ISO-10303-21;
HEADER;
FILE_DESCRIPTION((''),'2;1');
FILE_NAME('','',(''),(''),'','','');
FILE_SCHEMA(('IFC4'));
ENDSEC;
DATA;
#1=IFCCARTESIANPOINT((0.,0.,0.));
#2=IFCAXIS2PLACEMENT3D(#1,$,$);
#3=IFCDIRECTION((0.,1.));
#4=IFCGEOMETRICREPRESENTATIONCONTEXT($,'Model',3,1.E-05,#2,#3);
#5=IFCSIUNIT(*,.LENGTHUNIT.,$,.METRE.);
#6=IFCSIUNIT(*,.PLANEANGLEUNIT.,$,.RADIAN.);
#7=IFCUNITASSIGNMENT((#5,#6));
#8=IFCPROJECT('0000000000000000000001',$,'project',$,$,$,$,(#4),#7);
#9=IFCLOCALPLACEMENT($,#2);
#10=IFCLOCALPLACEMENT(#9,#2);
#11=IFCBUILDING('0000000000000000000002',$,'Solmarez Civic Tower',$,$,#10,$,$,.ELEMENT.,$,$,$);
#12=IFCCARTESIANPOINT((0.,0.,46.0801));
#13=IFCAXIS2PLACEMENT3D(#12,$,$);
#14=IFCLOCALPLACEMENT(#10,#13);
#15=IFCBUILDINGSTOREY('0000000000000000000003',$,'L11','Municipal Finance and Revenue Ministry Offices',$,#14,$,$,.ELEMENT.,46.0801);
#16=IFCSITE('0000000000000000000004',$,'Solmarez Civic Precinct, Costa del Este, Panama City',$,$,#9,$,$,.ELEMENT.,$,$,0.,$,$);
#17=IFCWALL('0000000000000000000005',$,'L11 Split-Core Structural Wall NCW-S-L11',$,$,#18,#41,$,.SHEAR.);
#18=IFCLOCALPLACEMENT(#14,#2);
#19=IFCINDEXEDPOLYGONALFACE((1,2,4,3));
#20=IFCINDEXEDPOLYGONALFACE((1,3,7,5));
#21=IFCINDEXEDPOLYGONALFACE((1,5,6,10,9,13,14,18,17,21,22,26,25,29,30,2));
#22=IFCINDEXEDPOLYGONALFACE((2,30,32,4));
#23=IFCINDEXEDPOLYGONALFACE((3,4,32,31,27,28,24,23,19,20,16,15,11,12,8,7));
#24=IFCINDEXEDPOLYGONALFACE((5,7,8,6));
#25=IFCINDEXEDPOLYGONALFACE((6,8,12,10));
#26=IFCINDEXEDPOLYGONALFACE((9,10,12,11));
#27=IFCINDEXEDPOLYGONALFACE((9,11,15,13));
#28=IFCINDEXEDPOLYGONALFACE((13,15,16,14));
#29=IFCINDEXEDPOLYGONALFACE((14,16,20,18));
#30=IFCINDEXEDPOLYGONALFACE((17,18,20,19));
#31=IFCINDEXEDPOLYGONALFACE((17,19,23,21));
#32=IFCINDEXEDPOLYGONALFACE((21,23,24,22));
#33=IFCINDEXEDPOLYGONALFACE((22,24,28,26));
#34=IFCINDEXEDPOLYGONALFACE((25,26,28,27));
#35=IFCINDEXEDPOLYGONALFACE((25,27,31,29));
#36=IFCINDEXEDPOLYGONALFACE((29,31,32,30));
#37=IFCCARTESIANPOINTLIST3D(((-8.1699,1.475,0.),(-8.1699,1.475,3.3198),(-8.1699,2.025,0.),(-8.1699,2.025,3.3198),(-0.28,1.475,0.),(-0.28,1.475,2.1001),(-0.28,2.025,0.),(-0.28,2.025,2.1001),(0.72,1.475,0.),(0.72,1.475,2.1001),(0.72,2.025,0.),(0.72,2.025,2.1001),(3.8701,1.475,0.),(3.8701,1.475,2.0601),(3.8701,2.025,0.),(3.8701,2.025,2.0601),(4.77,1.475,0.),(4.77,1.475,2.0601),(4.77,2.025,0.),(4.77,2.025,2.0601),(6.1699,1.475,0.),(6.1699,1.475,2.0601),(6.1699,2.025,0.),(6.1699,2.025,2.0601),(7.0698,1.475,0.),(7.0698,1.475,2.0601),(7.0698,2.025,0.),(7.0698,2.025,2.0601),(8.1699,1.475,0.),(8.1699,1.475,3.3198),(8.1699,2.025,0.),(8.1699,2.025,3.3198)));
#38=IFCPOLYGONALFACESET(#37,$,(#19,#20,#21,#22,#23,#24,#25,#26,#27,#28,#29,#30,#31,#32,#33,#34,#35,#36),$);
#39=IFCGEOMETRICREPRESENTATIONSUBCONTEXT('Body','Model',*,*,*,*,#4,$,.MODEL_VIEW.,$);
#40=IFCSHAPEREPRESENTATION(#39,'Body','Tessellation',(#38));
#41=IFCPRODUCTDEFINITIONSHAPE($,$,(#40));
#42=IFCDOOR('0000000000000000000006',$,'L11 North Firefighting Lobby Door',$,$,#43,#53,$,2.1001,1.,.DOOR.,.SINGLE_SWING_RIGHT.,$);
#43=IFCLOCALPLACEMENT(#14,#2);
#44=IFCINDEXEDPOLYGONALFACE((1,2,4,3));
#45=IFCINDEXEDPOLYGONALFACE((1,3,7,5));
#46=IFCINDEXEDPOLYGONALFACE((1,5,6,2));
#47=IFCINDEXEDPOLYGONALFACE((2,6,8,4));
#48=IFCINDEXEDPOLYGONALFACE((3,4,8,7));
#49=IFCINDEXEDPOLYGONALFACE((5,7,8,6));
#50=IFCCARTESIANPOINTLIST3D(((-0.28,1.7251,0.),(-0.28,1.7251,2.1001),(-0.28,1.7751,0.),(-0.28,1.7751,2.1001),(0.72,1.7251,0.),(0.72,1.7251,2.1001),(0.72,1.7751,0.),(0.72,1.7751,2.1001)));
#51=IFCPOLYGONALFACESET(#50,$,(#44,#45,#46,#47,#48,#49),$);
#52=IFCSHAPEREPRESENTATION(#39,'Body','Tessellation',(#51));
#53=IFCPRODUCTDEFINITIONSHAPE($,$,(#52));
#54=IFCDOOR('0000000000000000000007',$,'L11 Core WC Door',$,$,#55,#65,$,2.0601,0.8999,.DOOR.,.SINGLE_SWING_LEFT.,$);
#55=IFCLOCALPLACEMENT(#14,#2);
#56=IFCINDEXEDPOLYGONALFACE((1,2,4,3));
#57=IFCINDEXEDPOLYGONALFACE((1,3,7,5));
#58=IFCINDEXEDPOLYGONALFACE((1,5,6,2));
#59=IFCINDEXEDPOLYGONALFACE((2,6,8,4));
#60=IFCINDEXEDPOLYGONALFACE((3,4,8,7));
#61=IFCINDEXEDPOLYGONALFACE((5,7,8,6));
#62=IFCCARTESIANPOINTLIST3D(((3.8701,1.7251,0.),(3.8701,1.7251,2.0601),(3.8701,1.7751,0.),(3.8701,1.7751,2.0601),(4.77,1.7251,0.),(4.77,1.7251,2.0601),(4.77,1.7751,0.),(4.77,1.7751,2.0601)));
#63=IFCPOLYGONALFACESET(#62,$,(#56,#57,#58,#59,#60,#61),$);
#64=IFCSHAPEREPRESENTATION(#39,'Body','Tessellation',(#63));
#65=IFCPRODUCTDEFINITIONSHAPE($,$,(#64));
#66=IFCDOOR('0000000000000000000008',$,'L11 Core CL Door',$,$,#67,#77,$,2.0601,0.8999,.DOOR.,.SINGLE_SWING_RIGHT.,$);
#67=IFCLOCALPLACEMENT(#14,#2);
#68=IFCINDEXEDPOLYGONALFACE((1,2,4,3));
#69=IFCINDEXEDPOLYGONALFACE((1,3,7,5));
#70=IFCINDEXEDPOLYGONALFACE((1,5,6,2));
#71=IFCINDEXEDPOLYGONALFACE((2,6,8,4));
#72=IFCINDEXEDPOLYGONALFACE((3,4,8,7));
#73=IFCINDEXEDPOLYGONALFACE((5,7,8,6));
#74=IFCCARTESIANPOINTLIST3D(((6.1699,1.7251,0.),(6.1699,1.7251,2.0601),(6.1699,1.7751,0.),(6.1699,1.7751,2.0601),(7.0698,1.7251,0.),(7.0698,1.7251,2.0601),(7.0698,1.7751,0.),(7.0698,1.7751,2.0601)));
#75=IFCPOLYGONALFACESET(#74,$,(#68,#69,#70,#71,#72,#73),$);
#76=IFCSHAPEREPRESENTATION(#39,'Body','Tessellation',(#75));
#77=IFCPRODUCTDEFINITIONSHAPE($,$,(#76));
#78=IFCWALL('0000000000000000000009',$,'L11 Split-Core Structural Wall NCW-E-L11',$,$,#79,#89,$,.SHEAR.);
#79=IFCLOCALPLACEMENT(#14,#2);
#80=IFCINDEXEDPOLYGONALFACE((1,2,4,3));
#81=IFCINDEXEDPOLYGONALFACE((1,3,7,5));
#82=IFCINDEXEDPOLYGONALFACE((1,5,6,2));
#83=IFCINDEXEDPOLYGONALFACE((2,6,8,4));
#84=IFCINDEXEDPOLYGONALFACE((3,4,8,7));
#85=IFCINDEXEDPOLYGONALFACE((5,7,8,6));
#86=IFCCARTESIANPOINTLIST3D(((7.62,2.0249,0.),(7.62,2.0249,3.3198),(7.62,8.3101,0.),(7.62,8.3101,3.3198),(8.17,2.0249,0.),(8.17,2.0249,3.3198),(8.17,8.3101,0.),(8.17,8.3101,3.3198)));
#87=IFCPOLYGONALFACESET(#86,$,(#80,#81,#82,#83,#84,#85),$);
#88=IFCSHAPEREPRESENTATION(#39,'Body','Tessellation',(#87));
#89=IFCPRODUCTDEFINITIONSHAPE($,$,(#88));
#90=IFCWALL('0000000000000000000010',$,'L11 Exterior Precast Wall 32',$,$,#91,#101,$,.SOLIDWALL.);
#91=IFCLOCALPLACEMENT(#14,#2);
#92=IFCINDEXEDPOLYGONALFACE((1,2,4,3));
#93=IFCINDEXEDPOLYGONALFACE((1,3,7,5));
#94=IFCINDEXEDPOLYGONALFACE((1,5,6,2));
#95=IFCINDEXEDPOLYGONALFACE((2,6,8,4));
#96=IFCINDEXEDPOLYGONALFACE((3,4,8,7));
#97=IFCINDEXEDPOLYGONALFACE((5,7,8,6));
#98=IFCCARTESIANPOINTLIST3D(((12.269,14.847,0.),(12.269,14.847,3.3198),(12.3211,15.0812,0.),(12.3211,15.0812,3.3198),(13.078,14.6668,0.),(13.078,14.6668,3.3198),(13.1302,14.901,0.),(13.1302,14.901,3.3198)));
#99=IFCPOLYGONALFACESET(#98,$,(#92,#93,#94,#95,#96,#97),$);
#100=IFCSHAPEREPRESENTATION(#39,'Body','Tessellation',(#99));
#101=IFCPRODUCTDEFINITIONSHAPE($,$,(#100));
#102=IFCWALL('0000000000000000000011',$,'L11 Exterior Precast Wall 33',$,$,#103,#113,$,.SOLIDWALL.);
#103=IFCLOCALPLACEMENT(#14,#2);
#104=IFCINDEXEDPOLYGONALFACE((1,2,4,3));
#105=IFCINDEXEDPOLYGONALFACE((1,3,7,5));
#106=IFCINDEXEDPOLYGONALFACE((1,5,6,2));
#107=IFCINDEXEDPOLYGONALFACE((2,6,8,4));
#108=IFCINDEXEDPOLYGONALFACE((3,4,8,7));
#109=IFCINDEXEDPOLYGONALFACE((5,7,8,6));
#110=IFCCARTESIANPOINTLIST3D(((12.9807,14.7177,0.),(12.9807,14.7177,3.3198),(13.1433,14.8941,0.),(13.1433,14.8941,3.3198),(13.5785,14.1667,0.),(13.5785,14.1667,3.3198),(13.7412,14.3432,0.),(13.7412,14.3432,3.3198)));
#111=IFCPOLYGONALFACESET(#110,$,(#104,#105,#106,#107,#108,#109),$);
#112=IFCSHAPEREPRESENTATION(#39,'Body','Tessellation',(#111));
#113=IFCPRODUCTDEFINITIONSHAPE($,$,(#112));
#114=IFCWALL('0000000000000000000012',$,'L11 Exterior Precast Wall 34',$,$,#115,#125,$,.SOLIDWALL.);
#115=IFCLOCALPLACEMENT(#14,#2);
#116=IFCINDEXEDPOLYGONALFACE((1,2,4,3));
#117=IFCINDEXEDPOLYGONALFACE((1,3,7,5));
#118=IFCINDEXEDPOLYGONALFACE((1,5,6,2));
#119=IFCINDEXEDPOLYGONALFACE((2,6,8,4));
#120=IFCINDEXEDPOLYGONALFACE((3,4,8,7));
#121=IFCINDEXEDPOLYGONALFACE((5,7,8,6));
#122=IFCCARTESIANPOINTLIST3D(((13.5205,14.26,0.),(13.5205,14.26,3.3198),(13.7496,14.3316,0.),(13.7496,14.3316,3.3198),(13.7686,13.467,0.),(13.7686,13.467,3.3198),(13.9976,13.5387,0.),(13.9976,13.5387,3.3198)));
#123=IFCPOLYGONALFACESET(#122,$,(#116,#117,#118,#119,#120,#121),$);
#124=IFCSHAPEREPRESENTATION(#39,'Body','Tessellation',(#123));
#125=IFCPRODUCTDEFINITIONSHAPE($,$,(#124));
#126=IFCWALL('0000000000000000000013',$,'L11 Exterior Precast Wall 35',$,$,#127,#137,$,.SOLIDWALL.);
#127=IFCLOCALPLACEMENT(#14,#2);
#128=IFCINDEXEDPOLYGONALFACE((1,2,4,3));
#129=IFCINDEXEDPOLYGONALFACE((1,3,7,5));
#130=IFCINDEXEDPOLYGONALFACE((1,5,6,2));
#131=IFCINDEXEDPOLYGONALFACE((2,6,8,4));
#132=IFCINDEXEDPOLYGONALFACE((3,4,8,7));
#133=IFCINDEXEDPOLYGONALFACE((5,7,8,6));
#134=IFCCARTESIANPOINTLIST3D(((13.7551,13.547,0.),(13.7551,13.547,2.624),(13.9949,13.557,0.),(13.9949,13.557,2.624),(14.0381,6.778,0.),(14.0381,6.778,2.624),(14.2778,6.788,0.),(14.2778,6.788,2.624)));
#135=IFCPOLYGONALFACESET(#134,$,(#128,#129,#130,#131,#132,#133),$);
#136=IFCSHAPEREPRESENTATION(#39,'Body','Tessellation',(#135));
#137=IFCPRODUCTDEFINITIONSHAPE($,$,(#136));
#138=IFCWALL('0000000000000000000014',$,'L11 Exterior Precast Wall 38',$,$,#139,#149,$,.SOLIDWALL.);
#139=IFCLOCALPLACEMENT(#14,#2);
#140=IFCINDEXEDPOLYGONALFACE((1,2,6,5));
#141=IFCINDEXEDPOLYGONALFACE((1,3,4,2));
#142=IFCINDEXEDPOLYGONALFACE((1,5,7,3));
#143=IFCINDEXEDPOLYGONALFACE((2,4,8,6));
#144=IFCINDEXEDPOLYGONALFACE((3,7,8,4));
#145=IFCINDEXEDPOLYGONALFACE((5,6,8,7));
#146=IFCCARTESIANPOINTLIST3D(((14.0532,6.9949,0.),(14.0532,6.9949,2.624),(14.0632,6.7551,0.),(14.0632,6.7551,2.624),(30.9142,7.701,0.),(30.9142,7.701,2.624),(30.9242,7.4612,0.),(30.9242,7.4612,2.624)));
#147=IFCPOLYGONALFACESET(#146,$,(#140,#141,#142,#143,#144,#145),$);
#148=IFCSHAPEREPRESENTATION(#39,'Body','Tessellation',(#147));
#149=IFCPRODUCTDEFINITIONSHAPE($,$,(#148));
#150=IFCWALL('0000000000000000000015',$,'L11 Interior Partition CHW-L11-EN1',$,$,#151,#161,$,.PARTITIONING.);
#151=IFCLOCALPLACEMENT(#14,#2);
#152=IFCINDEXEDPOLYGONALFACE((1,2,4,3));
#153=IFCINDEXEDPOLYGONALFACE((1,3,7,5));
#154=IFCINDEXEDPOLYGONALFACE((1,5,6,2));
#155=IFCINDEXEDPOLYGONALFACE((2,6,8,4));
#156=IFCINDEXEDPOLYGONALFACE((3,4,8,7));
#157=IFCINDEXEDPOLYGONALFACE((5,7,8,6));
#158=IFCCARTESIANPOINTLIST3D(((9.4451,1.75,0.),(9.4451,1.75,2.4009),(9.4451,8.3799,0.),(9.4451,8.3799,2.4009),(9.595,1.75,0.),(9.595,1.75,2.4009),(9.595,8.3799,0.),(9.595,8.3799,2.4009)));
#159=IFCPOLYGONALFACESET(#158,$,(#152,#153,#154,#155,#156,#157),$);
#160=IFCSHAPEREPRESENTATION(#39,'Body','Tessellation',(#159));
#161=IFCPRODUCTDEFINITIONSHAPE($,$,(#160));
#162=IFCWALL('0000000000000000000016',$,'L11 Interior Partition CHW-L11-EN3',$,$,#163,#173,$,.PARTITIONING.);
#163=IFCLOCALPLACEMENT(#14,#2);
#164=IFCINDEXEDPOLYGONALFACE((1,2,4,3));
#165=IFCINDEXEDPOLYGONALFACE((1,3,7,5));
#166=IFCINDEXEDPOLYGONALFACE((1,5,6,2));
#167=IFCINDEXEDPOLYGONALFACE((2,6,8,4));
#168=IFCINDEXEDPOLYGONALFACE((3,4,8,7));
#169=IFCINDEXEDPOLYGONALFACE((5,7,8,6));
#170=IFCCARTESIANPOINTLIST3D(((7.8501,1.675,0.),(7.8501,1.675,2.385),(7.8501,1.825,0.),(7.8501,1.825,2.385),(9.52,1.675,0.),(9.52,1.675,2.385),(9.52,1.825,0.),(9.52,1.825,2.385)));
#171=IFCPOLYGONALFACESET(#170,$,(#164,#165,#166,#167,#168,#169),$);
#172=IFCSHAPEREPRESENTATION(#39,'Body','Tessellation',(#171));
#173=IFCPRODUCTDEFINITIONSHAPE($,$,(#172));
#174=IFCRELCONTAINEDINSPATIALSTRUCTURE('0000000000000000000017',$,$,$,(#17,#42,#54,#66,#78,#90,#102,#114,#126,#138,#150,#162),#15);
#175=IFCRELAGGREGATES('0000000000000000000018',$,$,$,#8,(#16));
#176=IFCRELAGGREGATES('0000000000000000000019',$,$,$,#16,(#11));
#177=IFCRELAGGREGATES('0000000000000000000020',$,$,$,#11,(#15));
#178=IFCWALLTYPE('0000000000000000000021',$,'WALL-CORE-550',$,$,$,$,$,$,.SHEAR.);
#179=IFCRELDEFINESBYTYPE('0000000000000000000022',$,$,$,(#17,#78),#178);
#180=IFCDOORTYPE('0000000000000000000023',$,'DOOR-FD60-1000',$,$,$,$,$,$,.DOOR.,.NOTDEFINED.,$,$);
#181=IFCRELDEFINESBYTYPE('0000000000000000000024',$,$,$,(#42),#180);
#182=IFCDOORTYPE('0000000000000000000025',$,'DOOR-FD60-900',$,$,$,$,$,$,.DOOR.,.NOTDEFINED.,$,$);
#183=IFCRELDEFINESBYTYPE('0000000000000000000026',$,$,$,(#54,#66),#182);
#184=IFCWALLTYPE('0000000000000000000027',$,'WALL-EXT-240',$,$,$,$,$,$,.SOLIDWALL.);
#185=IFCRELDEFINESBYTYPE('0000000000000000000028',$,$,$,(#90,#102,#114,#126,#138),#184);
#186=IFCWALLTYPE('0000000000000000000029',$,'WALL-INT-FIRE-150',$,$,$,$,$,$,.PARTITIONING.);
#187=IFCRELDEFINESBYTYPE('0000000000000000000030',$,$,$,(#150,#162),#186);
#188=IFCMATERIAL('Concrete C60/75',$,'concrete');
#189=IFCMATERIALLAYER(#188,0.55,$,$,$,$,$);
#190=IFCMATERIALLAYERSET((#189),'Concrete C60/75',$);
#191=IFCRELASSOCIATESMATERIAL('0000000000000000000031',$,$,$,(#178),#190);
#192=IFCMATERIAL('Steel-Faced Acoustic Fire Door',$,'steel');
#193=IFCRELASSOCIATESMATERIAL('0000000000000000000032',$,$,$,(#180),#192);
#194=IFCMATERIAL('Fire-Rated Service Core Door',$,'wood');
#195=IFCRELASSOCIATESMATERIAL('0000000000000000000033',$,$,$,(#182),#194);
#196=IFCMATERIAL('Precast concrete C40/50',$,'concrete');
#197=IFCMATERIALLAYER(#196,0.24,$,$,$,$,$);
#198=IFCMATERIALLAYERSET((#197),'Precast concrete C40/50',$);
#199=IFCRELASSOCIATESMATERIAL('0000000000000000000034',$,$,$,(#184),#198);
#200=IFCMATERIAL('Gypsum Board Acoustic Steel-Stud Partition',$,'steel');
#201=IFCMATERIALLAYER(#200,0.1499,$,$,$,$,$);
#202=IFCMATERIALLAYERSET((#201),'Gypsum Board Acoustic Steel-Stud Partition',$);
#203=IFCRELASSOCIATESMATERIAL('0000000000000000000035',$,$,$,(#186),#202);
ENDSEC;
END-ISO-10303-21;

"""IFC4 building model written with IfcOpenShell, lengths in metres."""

from ifc_helpers import new_model, si_unit, direction, frame, frame_2d, origin, place, context, subcontext, project, spatial, rectangle, extrude, material, layer, layer_set, type_object, element, fill, save


model = new_model("IFC4")

# Units and contexts
model_context = context("Model", 3, precision=1e-05, world=origin(), true_north=direction((0.0, 1.0)))
body_context = subcontext(model_context, "Body", "Model", "MODEL_VIEW")
ifc_project = project(units=[si_unit("LENGTHUNIT", "METRE"), si_unit("PLANEANGLEUNIT", "RADIAN")], contexts=[model_context])

# Site, building, storey
site_placement = place(None, origin())
site = spatial("IfcSite", under=ifc_project, at=site_placement, Name="Solmarez Civic Precinct, Costa del Este, Panama City", CompositionType="ELEMENT", RefElevation=0.0)
building_placement = place(site_placement, origin())
building = spatial("IfcBuilding", under=site, at=building_placement, Name="Solmarez Civic Tower", CompositionType="ELEMENT")
storey_placement = place(building_placement, frame((0.0, 0.0, 46.0801)))
storey = spatial("IfcBuildingStorey", under=building, at=storey_placement, Name="L11", Description="Municipal Finance and Revenue Ministry Offices", CompositionType="ELEMENT", Elevation=46.0801)

# Shared definitions
ifc_material_1 = material(Name="Concrete C60/75", Category="concrete")

# Wall, openings, doors
ifc_layer_1 = layer(ifc_material_1, 0.55)
ifc_layer_set_1 = layer_set([ifc_layer_1], Name="Concrete C60/75")
wall_type_1 = type_object("IfcWallType", Name="WALL-CORE-550", PredefinedType="SHEAR", material=ifc_layer_set_1)
wall_1_placement = place(storey_placement, frame((8.1699, 1.75, 0.0), z_axis=(0.0, 0.0, 1.0), x_axis=(-1.0, 0.0, 0.0)))
wall_1 = element("IfcWall", 1, at=wall_1_placement, inside=storey, type_object=wall_type_1, Name="L11 Split-Core Structural Wall NCW-S-L11", PredefinedType="SHEAR", context=body_context, shape_type="SweptSolid", body=[
    extrude(rectangle(XDim=16.3398, YDim=0.55, at=frame_2d((8.1699, 0.0))), origin(), (0.0, 0.0, 1.0), 3.3198),
])
opening_1_placement = place(wall_1_placement, frame((7.45, 0.0, 0.0)))
opening_1 = element("IfcOpeningElement", 2, at=opening_1_placement, cuts=wall_1, PredefinedType="OPENING", context=body_context, shape_type="SweptSolid", body=[
    extrude(rectangle(XDim=1.0, YDim=2.1001, at=frame_2d((0.5, 1.05))), frame((0.0, 0.2849, 0.0), z_axis=(0.0, -1.0, 0.0), x_axis=(1.0, 0.0, 0.0)), (0.0, 0.0, 1.0), 0.5701),
])
opening_2_placement = place(wall_1_placement, frame((3.3999, 0.0, 0.0)))
opening_2 = element("IfcOpeningElement", 3, at=opening_2_placement, cuts=wall_1, PredefinedType="OPENING", context=body_context, shape_type="SweptSolid", body=[
    extrude(rectangle(XDim=0.8999, YDim=2.0601, at=frame_2d((0.45, 1.03))), frame((0.0, 0.2849, 0.0), z_axis=(0.0, -1.0, 0.0), x_axis=(1.0, 0.0, 0.0)), (0.0, 0.0, 1.0), 0.5701),
])
opening_3_placement = place(wall_1_placement, frame((1.1001, 0.0, 0.0)))
opening_3 = element("IfcOpeningElement", 4, at=opening_3_placement, cuts=wall_1, PredefinedType="OPENING", context=body_context, shape_type="SweptSolid", body=[
    extrude(rectangle(XDim=0.8999, YDim=2.0601, at=frame_2d((0.45, 1.03))), frame((0.0, 0.2849, 0.0), z_axis=(0.0, -1.0, 0.0), x_axis=(1.0, 0.0, 0.0)), (0.0, 0.0, 1.0), 0.5701),
])
ifc_material_2 = material(Name="Steel-Faced Acoustic Fire Door", Category="steel")
door_type_1 = type_object("IfcDoorType", Name="DOOR-FD60-1000", OperationType="NOTDEFINED", PredefinedType="DOOR", material=ifc_material_2)
door_1_placement = place(opening_1_placement, origin())
door_1 = element("IfcDoor", 5, at=door_1_placement, inside=storey, type_object=door_type_1, Name="L11 North Firefighting Lobby Door", OperationType="SINGLE_SWING_RIGHT", OverallHeight=2.1001, OverallWidth=1.0, PredefinedType="DOOR", context=body_context, shape_type="SweptSolid", body=[
    extrude(rectangle(XDim=1.0, YDim=2.1001, at=frame_2d((0.5, 1.05))), frame((0.0, 0.0249, 0.0), z_axis=(0.0, -1.0, 0.0), x_axis=(1.0, 0.0, 0.0)), (0.0, 0.0, 1.0), 0.05),
])
fill(opening_1, door_1)
ifc_material_3 = material(Name="Fire-Rated Service Core Door", Category="wood")
door_type_2 = type_object("IfcDoorType", Name="DOOR-FD60-900", OperationType="NOTDEFINED", PredefinedType="DOOR", material=ifc_material_3)
door_2_placement = place(opening_2_placement, origin())
door_2 = element("IfcDoor", 6, at=door_2_placement, inside=storey, type_object=door_type_2, Name="L11 Core WC Door", OperationType="SINGLE_SWING_LEFT", OverallHeight=2.0601, OverallWidth=0.8999, PredefinedType="DOOR", context=body_context, shape_type="SweptSolid", body=[
    extrude(rectangle(XDim=0.8999, YDim=2.0601, at=frame_2d((0.45, 1.03))), frame((0.0, 0.0249, 0.0), z_axis=(0.0, -1.0, 0.0), x_axis=(1.0, 0.0, 0.0)), (0.0, 0.0, 1.0), 0.05),
])
fill(opening_2, door_2)
door_3_placement = place(opening_3_placement, origin())
door_3 = element("IfcDoor", 7, at=door_3_placement, inside=storey, type_object=door_type_2, Name="L11 Core CL Door", OperationType="SINGLE_SWING_RIGHT", OverallHeight=2.0601, OverallWidth=0.8999, PredefinedType="DOOR", context=body_context, shape_type="SweptSolid", body=[
    extrude(rectangle(XDim=0.8999, YDim=2.0601, at=frame_2d((0.45, 1.03))), frame((0.0, 0.0249, 0.0), z_axis=(0.0, -1.0, 0.0), x_axis=(1.0, 0.0, 0.0)), (0.0, 0.0, 1.0), 0.05),
])
fill(opening_3, door_3)

# Walls
wall_2_placement = place(storey_placement, frame((7.895, 8.3101, 0.0), z_axis=(0.0, 0.0, 1.0), x_axis=(0.0, -1.0, 0.0)))
element("IfcWall", 8, at=wall_2_placement, inside=storey, type_object=wall_type_1, Name="L11 Split-Core Structural Wall NCW-E-L11", PredefinedType="SHEAR", context=body_context, shape_type="SweptSolid", body=[
    extrude(rectangle(XDim=6.2852, YDim=0.55, at=frame_2d((3.1426, 0.0))), origin(), (0.0, 0.0, 1.0), 3.3198),
])
ifc_material_4 = material(Name="Precast concrete C40/50", Category="concrete")
ifc_layer_2 = layer(ifc_material_4, 0.24)
ifc_layer_set_2 = layer_set([ifc_layer_2], Name="Precast concrete C40/50")
wall_type_2 = type_object("IfcWallType", Name="WALL-EXT-240", PredefinedType="SOLIDWALL", material=ifc_layer_set_2)
wall_3_placement = place(storey_placement, frame((12.2949, 14.9641, 0.0), z_axis=(0.0, 0.0, 1.0), x_axis=(0.97609, -0.217367, 0.0)))
element("IfcWall", 9, at=wall_3_placement, inside=storey, type_object=wall_type_2, Name="L11 Exterior Precast Wall 32", PredefinedType="SOLIDWALL", context=body_context, shape_type="SweptSolid", body=[
    extrude(rectangle(XDim=0.8289, YDim=0.24, at=frame_2d((0.4146, 0.0))), origin(), (0.0, 0.0, 1.0), 3.3198),
])
wall_4_placement = place(storey_placement, frame((13.062, 14.8059, 0.0), z_axis=(0.0, 0.0, 1.0), x_axis=(0.735344, -0.677694, 0.0)))
element("IfcWall", 10, at=wall_4_placement, inside=storey, type_object=wall_type_2, Name="L11 Exterior Precast Wall 33", PredefinedType="SOLIDWALL", context=body_context, shape_type="SweptSolid", body=[
    extrude(rectangle(XDim=0.813, YDim=0.24, at=frame_2d((0.4065, 0.0))), origin(), (0.0, 0.0, 1.0), 3.3198),
])
wall_5_placement = place(storey_placement, frame((13.635, 14.2959, 0.0), z_axis=(0.0, 0.0, 1.0), x_axis=(0.298543, -0.954396, 0.0)))
element("IfcWall", 11, at=wall_5_placement, inside=storey, type_object=wall_type_2, Name="L11 Exterior Precast Wall 34", PredefinedType="SOLIDWALL", context=body_context, shape_type="SweptSolid", body=[
    extrude(rectangle(XDim=0.8308, YDim=0.24, at=frame_2d((0.4155, 0.0))), origin(), (0.0, 0.0, 1.0), 3.3198),
])
wall_6_placement = place(storey_placement, frame((13.875, 13.552, 0.0), z_axis=(0.0, 0.0, 1.0), x_axis=(0.041765, -0.999127, 0.0)))
element("IfcWall", 12, at=wall_6_placement, inside=storey, type_object=wall_type_2, Name="L11 Exterior Precast Wall 35", PredefinedType="SOLIDWALL", context=body_context, shape_type="SweptSolid", body=[
    extrude(rectangle(XDim=6.7749, YDim=0.24, at=frame_2d((3.3875, 0.0))), origin(), (0.0, 0.0, 1.0), 2.624),
])
wall_7_placement = place(storey_placement, frame((14.0581, 6.875, 0.0), z_axis=(0.0, 0.0, 1.0), x_axis=(0.999124, 0.041839, 0.0)))
element("IfcWall", 13, at=wall_7_placement, inside=storey, type_object=wall_type_2, Name="L11 Exterior Precast Wall 38", PredefinedType="SOLIDWALL", context=body_context, shape_type="SweptSolid", body=[
    extrude(rectangle(XDim=16.8757, YDim=0.24, at=frame_2d((8.438, 0.0))), origin(), (0.0, 0.0, 1.0), 2.624),
])
ifc_material_5 = material(Name="Gypsum Board Acoustic Steel-Stud Partition", Category="steel")
ifc_layer_3 = layer(ifc_material_5, 0.1499)
ifc_layer_set_3 = layer_set([ifc_layer_3], Name="Gypsum Board Acoustic Steel-Stud Partition")
wall_type_3 = type_object("IfcWallType", Name="WALL-INT-FIRE-150", PredefinedType="PARTITIONING", material=ifc_layer_set_3)
wall_8_placement = place(storey_placement, frame((9.52, 1.75, 0.0), z_axis=(0.0, 0.0, 1.0), x_axis=(0.0, 1.0, 0.0)))
element("IfcWall", 14, at=wall_8_placement, inside=storey, type_object=wall_type_3, Name="L11 Interior Partition CHW-L11-EN1", PredefinedType="PARTITIONING", context=body_context, shape_type="SweptSolid", body=[
    extrude(rectangle(XDim=6.6299, YDim=0.1499, at=frame_2d((3.3149, 0.0))), origin(), (0.0, 0.0, 1.0), 2.4009),
])
wall_9_placement = place(storey_placement, frame((7.8501, 1.75, 0.0), z_axis=(0.0, 0.0, 1.0), x_axis=(1.0, 0.0, 0.0)))
element("IfcWall", 15, at=wall_9_placement, inside=storey, type_object=wall_type_3, Name="L11 Interior Partition CHW-L11-EN3", PredefinedType="PARTITIONING", context=body_context, shape_type="SweptSolid", body=[
    extrude(rectangle(XDim=1.6699, YDim=0.1499, at=frame_2d((0.835, 0.0))), origin(), (0.0, 0.0, 1.0), 2.385),
])

save(model, "model.ifc")
